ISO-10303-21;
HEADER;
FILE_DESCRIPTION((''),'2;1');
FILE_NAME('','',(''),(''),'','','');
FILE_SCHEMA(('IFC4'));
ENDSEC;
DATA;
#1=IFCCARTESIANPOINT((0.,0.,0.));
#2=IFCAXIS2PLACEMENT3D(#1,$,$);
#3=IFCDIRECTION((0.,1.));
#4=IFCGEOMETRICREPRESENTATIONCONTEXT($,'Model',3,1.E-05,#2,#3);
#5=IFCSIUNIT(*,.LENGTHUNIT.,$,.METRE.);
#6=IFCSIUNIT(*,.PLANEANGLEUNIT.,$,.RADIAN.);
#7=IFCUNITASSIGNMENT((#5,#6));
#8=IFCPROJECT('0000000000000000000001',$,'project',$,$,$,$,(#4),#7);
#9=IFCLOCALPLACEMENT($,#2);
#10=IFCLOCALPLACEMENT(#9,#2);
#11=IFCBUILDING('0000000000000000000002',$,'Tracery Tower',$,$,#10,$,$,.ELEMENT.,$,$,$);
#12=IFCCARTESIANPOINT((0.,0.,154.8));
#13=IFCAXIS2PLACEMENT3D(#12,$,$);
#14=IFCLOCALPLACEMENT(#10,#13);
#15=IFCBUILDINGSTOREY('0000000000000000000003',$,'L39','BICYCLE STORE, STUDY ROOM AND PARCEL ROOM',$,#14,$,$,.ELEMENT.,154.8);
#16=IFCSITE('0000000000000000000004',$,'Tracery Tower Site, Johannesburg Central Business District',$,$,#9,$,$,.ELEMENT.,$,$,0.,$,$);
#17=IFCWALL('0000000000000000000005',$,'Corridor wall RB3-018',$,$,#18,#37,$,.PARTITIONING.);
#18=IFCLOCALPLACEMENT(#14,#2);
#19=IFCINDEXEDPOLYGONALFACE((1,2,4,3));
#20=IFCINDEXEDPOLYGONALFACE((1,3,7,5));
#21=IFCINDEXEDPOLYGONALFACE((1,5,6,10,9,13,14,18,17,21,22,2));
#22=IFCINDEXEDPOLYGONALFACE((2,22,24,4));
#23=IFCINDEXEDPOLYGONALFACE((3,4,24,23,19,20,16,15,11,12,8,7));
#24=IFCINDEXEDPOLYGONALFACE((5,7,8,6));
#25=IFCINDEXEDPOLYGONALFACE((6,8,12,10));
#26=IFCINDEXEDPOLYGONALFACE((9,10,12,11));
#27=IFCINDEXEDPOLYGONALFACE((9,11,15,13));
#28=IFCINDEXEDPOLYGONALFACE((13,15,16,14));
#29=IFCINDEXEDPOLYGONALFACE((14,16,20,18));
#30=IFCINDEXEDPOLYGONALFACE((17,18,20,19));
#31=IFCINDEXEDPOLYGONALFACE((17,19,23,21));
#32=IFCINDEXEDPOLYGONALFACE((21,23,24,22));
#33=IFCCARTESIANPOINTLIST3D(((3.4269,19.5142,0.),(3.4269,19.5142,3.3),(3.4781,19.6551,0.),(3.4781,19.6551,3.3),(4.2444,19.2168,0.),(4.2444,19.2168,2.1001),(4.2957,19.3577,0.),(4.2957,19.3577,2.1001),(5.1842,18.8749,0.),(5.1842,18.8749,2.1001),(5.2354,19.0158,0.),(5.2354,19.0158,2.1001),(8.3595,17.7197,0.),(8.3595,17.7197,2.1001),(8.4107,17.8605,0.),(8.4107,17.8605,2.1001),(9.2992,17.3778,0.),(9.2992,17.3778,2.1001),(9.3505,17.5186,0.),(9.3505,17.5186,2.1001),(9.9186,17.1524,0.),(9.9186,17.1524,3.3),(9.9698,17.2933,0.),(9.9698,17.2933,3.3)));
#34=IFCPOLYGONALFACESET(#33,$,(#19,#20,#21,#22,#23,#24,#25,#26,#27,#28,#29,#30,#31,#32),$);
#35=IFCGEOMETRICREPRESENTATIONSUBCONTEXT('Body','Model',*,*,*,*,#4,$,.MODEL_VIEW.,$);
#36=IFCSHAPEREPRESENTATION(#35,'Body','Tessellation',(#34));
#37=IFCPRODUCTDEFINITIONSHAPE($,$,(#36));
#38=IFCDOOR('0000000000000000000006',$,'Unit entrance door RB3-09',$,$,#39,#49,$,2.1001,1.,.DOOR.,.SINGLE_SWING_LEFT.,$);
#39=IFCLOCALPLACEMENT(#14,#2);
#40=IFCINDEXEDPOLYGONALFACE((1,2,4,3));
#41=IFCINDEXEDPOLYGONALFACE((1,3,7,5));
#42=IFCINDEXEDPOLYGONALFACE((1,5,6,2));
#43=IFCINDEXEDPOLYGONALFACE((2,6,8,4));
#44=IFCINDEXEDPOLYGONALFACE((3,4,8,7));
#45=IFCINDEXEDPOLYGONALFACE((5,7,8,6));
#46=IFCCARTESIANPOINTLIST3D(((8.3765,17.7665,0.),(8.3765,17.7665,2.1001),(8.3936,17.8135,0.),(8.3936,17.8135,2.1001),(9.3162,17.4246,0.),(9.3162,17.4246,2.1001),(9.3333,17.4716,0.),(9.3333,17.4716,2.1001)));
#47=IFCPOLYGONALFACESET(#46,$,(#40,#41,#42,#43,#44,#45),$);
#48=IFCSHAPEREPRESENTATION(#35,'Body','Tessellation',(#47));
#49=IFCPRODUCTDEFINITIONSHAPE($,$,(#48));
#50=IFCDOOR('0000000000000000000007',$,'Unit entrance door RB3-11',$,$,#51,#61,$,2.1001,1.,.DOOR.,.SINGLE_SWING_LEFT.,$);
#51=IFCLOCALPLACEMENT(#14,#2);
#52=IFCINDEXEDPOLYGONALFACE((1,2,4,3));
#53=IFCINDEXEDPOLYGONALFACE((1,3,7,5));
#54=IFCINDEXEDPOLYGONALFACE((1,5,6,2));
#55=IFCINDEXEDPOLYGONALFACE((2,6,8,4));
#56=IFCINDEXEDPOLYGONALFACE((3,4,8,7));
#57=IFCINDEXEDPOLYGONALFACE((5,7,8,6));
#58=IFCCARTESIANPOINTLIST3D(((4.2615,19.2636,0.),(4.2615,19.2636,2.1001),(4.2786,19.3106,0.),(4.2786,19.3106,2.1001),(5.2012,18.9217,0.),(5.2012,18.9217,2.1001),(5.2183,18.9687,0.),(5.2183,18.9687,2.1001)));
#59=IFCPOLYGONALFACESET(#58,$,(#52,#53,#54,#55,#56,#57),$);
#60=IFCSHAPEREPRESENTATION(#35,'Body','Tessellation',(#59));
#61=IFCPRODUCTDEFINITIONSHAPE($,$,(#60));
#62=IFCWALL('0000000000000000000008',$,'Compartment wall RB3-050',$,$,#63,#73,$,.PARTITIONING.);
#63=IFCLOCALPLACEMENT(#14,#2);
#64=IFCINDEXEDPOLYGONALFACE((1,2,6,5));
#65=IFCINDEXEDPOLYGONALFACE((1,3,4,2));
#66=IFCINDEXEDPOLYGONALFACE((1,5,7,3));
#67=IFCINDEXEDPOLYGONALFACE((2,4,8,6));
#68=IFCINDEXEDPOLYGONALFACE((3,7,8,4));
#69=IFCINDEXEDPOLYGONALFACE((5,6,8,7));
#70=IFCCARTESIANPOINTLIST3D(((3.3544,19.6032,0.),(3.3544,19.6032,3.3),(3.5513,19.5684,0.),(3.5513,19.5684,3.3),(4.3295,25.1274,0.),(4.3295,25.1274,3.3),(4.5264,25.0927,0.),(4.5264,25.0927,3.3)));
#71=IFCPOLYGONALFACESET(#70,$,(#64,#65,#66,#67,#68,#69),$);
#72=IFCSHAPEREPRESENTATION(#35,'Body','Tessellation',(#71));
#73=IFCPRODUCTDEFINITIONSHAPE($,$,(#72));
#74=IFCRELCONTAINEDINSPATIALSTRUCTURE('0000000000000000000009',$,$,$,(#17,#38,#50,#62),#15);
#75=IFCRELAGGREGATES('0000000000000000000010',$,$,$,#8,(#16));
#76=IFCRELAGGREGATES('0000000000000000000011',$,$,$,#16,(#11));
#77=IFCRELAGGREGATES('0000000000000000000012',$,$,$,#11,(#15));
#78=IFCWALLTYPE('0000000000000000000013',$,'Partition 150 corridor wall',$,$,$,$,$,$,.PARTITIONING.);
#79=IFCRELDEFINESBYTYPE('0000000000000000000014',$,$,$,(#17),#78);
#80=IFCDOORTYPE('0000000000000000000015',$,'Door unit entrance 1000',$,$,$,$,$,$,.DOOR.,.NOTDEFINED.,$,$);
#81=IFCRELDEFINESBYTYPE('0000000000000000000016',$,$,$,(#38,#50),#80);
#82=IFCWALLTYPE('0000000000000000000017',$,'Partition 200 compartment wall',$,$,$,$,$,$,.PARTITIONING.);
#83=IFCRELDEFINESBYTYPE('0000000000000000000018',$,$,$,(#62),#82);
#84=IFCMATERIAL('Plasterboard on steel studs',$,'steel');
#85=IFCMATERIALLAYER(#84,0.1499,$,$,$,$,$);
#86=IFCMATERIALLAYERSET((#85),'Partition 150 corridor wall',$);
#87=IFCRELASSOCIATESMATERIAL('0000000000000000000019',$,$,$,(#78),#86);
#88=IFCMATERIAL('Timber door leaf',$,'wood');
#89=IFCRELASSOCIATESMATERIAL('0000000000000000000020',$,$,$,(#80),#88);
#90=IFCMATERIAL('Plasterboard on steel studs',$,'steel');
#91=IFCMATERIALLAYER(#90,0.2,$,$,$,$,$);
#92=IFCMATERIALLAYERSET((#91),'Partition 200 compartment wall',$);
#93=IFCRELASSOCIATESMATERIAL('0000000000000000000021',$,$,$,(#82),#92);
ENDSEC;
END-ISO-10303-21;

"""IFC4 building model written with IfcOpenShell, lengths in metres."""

from ifc_helpers import new_model, si_unit, direction, frame, frame_2d, origin, place, context, subcontext, project, spatial, rectangle, extrude, material, layer, layer_set, type_object, element, fill, save


model = new_model("IFC4")

# Units and contexts
model_context = context("Model", 3, precision=1e-05, world=origin(), true_north=direction((0.0, 1.0)))
body_context = subcontext(model_context, "Body", "Model", "MODEL_VIEW")
ifc_project = project(units=[si_unit("LENGTHUNIT", "METRE"), si_unit("PLANEANGLEUNIT", "RADIAN")], contexts=[model_context])

# Site, building, storey
site_placement = place(None, origin())
site = spatial("IfcSite", under=ifc_project, at=site_placement, Name="Tracery Tower Site, Johannesburg Central Business District", CompositionType="ELEMENT", RefElevation=0.0)
building_placement = place(site_placement, origin())
building = spatial("IfcBuilding", under=site, at=building_placement, Name="Tracery Tower", CompositionType="ELEMENT")
storey_placement = place(building_placement, frame((0.0, 0.0, 154.8)))
storey = spatial("IfcBuildingStorey", under=building, at=storey_placement, Name="L39", Description="BICYCLE STORE, STUDY ROOM AND PARCEL ROOM", CompositionType="ELEMENT", Elevation=154.8)

# Wall, openings, doors
ifc_material_1 = material(Name="Plasterboard on steel studs", Category="steel")
ifc_layer_1 = layer(ifc_material_1, 0.1499)
ifc_layer_set_1 = layer_set([ifc_layer_1], Name="Partition 150 corridor wall")
wall_type_1 = type_object("IfcWallType", Name="Partition 150 corridor wall", PredefinedType="PARTITIONING", material=ifc_layer_set_1)
wall_1_placement = place(storey_placement, frame((3.4524, 19.5847, 0.0), z_axis=(0.0, 0.0, 1.0), x_axis=(0.939738, -0.341896, 0.0)))
wall_1 = element("IfcWall", 1, at=wall_1_placement, inside=storey, type_object=wall_type_1, Name="Corridor wall RB3-018", PredefinedType="PARTITIONING", context=body_context, shape_type="SweptSolid", body=[
    extrude(rectangle(XDim=6.908, YDim=0.1499, at=frame_2d((3.4541, 0.0))), origin(), (0.0, 0.0, 1.0), 3.3),
])
opening_1_placement = place(wall_1_placement, frame((5.249, 0.0, 0.0)))
opening_1 = element("IfcOpeningElement", 2, at=opening_1_placement, cuts=wall_1, PredefinedType="OPENING", context=body_context, shape_type="SweptSolid", body=[
    extrude(rectangle(XDim=1.0, YDim=2.1001, at=frame_2d((0.5, 1.05))), frame((0.0, 0.075, 0.0), z_axis=(0.0, -1.0, 0.0), x_axis=(1.0, 0.0, 0.0)), (0.0, 0.0, 1.0), 0.1499),
])
opening_2_placement = place(wall_1_placement, frame((0.8701, 0.0, 0.0)))
opening_2 = element("IfcOpeningElement", 3, at=opening_2_placement, cuts=wall_1, PredefinedType="OPENING", context=body_context, shape_type="SweptSolid", body=[
    extrude(rectangle(XDim=1.0, YDim=2.1001, at=frame_2d((0.5, 1.05))), frame((0.0, 0.075, 0.0), z_axis=(0.0, -1.0, 0.0), x_axis=(1.0, 0.0, 0.0)), (0.0, 0.0, 1.0), 0.1499),
])
ifc_material_2 = material(Name="Timber door leaf", Category="wood")
door_type_1 = type_object("IfcDoorType", Name="Door unit entrance 1000", OperationType="NOTDEFINED", PredefinedType="DOOR", material=ifc_material_2)
door_1_placement = place(opening_1_placement, origin())
door_1 = element("IfcDoor", 4, at=door_1_placement, inside=storey, type_object=door_type_1, Name="Unit entrance door RB3-09", OperationType="SINGLE_SWING_LEFT", OverallHeight=2.1001, OverallWidth=1.0, PredefinedType="DOOR", context=body_context, shape_type="SweptSolid", body=[
    extrude(rectangle(XDim=1.0, YDim=2.1001, at=frame_2d((0.5, 1.05))), frame((0.0, 0.0249, 0.0), z_axis=(0.0, -1.0, 0.0), x_axis=(1.0, 0.0, 0.0)), (0.0, 0.0, 1.0), 0.05),
])
fill(opening_1, door_1)
door_2_placement = place(opening_2_placement, origin())
door_2 = element("IfcDoor", 5, at=door_2_placement, inside=storey, type_object=door_type_1, Name="Unit entrance door RB3-11", OperationType="SINGLE_SWING_LEFT", OverallHeight=2.1001, OverallWidth=1.0, PredefinedType="DOOR", context=body_context, shape_type="SweptSolid", body=[
    extrude(rectangle(XDim=1.0, YDim=2.1001, at=frame_2d((0.5, 1.05))), frame((0.0, 0.0249, 0.0), z_axis=(0.0, -1.0, 0.0), x_axis=(1.0, 0.0, 0.0)), (0.0, 0.0, 1.0), 0.05),
])
fill(opening_2, door_2)

# Wall
ifc_material_3 = material(Name="Plasterboard on steel studs", Category="steel")
ifc_layer_2 = layer(ifc_material_3, 0.2)
ifc_layer_set_2 = layer_set([ifc_layer_2], Name="Partition 200 compartment wall")
wall_type_2 = type_object("IfcWallType", Name="Partition 200 compartment wall", PredefinedType="PARTITIONING", material=ifc_layer_set_2)
wall_2_placement = place(storey_placement, frame((3.4529, 19.5859, 0.0), z_axis=(0.0, 0.0, 1.0), x_axis=(0.173828, 0.984776, 0.0)))
element("IfcWall", 6, at=wall_2_placement, inside=storey, type_object=wall_type_2, Name="Compartment wall RB3-050", PredefinedType="PARTITIONING", context=body_context, shape_type="SweptSolid", body=[
    extrude(rectangle(XDim=5.6096, YDim=0.2, at=frame_2d((2.8047, 0.0))), origin(), (0.0, 0.0, 1.0), 3.3),
])

save(model, "model.ifc")
